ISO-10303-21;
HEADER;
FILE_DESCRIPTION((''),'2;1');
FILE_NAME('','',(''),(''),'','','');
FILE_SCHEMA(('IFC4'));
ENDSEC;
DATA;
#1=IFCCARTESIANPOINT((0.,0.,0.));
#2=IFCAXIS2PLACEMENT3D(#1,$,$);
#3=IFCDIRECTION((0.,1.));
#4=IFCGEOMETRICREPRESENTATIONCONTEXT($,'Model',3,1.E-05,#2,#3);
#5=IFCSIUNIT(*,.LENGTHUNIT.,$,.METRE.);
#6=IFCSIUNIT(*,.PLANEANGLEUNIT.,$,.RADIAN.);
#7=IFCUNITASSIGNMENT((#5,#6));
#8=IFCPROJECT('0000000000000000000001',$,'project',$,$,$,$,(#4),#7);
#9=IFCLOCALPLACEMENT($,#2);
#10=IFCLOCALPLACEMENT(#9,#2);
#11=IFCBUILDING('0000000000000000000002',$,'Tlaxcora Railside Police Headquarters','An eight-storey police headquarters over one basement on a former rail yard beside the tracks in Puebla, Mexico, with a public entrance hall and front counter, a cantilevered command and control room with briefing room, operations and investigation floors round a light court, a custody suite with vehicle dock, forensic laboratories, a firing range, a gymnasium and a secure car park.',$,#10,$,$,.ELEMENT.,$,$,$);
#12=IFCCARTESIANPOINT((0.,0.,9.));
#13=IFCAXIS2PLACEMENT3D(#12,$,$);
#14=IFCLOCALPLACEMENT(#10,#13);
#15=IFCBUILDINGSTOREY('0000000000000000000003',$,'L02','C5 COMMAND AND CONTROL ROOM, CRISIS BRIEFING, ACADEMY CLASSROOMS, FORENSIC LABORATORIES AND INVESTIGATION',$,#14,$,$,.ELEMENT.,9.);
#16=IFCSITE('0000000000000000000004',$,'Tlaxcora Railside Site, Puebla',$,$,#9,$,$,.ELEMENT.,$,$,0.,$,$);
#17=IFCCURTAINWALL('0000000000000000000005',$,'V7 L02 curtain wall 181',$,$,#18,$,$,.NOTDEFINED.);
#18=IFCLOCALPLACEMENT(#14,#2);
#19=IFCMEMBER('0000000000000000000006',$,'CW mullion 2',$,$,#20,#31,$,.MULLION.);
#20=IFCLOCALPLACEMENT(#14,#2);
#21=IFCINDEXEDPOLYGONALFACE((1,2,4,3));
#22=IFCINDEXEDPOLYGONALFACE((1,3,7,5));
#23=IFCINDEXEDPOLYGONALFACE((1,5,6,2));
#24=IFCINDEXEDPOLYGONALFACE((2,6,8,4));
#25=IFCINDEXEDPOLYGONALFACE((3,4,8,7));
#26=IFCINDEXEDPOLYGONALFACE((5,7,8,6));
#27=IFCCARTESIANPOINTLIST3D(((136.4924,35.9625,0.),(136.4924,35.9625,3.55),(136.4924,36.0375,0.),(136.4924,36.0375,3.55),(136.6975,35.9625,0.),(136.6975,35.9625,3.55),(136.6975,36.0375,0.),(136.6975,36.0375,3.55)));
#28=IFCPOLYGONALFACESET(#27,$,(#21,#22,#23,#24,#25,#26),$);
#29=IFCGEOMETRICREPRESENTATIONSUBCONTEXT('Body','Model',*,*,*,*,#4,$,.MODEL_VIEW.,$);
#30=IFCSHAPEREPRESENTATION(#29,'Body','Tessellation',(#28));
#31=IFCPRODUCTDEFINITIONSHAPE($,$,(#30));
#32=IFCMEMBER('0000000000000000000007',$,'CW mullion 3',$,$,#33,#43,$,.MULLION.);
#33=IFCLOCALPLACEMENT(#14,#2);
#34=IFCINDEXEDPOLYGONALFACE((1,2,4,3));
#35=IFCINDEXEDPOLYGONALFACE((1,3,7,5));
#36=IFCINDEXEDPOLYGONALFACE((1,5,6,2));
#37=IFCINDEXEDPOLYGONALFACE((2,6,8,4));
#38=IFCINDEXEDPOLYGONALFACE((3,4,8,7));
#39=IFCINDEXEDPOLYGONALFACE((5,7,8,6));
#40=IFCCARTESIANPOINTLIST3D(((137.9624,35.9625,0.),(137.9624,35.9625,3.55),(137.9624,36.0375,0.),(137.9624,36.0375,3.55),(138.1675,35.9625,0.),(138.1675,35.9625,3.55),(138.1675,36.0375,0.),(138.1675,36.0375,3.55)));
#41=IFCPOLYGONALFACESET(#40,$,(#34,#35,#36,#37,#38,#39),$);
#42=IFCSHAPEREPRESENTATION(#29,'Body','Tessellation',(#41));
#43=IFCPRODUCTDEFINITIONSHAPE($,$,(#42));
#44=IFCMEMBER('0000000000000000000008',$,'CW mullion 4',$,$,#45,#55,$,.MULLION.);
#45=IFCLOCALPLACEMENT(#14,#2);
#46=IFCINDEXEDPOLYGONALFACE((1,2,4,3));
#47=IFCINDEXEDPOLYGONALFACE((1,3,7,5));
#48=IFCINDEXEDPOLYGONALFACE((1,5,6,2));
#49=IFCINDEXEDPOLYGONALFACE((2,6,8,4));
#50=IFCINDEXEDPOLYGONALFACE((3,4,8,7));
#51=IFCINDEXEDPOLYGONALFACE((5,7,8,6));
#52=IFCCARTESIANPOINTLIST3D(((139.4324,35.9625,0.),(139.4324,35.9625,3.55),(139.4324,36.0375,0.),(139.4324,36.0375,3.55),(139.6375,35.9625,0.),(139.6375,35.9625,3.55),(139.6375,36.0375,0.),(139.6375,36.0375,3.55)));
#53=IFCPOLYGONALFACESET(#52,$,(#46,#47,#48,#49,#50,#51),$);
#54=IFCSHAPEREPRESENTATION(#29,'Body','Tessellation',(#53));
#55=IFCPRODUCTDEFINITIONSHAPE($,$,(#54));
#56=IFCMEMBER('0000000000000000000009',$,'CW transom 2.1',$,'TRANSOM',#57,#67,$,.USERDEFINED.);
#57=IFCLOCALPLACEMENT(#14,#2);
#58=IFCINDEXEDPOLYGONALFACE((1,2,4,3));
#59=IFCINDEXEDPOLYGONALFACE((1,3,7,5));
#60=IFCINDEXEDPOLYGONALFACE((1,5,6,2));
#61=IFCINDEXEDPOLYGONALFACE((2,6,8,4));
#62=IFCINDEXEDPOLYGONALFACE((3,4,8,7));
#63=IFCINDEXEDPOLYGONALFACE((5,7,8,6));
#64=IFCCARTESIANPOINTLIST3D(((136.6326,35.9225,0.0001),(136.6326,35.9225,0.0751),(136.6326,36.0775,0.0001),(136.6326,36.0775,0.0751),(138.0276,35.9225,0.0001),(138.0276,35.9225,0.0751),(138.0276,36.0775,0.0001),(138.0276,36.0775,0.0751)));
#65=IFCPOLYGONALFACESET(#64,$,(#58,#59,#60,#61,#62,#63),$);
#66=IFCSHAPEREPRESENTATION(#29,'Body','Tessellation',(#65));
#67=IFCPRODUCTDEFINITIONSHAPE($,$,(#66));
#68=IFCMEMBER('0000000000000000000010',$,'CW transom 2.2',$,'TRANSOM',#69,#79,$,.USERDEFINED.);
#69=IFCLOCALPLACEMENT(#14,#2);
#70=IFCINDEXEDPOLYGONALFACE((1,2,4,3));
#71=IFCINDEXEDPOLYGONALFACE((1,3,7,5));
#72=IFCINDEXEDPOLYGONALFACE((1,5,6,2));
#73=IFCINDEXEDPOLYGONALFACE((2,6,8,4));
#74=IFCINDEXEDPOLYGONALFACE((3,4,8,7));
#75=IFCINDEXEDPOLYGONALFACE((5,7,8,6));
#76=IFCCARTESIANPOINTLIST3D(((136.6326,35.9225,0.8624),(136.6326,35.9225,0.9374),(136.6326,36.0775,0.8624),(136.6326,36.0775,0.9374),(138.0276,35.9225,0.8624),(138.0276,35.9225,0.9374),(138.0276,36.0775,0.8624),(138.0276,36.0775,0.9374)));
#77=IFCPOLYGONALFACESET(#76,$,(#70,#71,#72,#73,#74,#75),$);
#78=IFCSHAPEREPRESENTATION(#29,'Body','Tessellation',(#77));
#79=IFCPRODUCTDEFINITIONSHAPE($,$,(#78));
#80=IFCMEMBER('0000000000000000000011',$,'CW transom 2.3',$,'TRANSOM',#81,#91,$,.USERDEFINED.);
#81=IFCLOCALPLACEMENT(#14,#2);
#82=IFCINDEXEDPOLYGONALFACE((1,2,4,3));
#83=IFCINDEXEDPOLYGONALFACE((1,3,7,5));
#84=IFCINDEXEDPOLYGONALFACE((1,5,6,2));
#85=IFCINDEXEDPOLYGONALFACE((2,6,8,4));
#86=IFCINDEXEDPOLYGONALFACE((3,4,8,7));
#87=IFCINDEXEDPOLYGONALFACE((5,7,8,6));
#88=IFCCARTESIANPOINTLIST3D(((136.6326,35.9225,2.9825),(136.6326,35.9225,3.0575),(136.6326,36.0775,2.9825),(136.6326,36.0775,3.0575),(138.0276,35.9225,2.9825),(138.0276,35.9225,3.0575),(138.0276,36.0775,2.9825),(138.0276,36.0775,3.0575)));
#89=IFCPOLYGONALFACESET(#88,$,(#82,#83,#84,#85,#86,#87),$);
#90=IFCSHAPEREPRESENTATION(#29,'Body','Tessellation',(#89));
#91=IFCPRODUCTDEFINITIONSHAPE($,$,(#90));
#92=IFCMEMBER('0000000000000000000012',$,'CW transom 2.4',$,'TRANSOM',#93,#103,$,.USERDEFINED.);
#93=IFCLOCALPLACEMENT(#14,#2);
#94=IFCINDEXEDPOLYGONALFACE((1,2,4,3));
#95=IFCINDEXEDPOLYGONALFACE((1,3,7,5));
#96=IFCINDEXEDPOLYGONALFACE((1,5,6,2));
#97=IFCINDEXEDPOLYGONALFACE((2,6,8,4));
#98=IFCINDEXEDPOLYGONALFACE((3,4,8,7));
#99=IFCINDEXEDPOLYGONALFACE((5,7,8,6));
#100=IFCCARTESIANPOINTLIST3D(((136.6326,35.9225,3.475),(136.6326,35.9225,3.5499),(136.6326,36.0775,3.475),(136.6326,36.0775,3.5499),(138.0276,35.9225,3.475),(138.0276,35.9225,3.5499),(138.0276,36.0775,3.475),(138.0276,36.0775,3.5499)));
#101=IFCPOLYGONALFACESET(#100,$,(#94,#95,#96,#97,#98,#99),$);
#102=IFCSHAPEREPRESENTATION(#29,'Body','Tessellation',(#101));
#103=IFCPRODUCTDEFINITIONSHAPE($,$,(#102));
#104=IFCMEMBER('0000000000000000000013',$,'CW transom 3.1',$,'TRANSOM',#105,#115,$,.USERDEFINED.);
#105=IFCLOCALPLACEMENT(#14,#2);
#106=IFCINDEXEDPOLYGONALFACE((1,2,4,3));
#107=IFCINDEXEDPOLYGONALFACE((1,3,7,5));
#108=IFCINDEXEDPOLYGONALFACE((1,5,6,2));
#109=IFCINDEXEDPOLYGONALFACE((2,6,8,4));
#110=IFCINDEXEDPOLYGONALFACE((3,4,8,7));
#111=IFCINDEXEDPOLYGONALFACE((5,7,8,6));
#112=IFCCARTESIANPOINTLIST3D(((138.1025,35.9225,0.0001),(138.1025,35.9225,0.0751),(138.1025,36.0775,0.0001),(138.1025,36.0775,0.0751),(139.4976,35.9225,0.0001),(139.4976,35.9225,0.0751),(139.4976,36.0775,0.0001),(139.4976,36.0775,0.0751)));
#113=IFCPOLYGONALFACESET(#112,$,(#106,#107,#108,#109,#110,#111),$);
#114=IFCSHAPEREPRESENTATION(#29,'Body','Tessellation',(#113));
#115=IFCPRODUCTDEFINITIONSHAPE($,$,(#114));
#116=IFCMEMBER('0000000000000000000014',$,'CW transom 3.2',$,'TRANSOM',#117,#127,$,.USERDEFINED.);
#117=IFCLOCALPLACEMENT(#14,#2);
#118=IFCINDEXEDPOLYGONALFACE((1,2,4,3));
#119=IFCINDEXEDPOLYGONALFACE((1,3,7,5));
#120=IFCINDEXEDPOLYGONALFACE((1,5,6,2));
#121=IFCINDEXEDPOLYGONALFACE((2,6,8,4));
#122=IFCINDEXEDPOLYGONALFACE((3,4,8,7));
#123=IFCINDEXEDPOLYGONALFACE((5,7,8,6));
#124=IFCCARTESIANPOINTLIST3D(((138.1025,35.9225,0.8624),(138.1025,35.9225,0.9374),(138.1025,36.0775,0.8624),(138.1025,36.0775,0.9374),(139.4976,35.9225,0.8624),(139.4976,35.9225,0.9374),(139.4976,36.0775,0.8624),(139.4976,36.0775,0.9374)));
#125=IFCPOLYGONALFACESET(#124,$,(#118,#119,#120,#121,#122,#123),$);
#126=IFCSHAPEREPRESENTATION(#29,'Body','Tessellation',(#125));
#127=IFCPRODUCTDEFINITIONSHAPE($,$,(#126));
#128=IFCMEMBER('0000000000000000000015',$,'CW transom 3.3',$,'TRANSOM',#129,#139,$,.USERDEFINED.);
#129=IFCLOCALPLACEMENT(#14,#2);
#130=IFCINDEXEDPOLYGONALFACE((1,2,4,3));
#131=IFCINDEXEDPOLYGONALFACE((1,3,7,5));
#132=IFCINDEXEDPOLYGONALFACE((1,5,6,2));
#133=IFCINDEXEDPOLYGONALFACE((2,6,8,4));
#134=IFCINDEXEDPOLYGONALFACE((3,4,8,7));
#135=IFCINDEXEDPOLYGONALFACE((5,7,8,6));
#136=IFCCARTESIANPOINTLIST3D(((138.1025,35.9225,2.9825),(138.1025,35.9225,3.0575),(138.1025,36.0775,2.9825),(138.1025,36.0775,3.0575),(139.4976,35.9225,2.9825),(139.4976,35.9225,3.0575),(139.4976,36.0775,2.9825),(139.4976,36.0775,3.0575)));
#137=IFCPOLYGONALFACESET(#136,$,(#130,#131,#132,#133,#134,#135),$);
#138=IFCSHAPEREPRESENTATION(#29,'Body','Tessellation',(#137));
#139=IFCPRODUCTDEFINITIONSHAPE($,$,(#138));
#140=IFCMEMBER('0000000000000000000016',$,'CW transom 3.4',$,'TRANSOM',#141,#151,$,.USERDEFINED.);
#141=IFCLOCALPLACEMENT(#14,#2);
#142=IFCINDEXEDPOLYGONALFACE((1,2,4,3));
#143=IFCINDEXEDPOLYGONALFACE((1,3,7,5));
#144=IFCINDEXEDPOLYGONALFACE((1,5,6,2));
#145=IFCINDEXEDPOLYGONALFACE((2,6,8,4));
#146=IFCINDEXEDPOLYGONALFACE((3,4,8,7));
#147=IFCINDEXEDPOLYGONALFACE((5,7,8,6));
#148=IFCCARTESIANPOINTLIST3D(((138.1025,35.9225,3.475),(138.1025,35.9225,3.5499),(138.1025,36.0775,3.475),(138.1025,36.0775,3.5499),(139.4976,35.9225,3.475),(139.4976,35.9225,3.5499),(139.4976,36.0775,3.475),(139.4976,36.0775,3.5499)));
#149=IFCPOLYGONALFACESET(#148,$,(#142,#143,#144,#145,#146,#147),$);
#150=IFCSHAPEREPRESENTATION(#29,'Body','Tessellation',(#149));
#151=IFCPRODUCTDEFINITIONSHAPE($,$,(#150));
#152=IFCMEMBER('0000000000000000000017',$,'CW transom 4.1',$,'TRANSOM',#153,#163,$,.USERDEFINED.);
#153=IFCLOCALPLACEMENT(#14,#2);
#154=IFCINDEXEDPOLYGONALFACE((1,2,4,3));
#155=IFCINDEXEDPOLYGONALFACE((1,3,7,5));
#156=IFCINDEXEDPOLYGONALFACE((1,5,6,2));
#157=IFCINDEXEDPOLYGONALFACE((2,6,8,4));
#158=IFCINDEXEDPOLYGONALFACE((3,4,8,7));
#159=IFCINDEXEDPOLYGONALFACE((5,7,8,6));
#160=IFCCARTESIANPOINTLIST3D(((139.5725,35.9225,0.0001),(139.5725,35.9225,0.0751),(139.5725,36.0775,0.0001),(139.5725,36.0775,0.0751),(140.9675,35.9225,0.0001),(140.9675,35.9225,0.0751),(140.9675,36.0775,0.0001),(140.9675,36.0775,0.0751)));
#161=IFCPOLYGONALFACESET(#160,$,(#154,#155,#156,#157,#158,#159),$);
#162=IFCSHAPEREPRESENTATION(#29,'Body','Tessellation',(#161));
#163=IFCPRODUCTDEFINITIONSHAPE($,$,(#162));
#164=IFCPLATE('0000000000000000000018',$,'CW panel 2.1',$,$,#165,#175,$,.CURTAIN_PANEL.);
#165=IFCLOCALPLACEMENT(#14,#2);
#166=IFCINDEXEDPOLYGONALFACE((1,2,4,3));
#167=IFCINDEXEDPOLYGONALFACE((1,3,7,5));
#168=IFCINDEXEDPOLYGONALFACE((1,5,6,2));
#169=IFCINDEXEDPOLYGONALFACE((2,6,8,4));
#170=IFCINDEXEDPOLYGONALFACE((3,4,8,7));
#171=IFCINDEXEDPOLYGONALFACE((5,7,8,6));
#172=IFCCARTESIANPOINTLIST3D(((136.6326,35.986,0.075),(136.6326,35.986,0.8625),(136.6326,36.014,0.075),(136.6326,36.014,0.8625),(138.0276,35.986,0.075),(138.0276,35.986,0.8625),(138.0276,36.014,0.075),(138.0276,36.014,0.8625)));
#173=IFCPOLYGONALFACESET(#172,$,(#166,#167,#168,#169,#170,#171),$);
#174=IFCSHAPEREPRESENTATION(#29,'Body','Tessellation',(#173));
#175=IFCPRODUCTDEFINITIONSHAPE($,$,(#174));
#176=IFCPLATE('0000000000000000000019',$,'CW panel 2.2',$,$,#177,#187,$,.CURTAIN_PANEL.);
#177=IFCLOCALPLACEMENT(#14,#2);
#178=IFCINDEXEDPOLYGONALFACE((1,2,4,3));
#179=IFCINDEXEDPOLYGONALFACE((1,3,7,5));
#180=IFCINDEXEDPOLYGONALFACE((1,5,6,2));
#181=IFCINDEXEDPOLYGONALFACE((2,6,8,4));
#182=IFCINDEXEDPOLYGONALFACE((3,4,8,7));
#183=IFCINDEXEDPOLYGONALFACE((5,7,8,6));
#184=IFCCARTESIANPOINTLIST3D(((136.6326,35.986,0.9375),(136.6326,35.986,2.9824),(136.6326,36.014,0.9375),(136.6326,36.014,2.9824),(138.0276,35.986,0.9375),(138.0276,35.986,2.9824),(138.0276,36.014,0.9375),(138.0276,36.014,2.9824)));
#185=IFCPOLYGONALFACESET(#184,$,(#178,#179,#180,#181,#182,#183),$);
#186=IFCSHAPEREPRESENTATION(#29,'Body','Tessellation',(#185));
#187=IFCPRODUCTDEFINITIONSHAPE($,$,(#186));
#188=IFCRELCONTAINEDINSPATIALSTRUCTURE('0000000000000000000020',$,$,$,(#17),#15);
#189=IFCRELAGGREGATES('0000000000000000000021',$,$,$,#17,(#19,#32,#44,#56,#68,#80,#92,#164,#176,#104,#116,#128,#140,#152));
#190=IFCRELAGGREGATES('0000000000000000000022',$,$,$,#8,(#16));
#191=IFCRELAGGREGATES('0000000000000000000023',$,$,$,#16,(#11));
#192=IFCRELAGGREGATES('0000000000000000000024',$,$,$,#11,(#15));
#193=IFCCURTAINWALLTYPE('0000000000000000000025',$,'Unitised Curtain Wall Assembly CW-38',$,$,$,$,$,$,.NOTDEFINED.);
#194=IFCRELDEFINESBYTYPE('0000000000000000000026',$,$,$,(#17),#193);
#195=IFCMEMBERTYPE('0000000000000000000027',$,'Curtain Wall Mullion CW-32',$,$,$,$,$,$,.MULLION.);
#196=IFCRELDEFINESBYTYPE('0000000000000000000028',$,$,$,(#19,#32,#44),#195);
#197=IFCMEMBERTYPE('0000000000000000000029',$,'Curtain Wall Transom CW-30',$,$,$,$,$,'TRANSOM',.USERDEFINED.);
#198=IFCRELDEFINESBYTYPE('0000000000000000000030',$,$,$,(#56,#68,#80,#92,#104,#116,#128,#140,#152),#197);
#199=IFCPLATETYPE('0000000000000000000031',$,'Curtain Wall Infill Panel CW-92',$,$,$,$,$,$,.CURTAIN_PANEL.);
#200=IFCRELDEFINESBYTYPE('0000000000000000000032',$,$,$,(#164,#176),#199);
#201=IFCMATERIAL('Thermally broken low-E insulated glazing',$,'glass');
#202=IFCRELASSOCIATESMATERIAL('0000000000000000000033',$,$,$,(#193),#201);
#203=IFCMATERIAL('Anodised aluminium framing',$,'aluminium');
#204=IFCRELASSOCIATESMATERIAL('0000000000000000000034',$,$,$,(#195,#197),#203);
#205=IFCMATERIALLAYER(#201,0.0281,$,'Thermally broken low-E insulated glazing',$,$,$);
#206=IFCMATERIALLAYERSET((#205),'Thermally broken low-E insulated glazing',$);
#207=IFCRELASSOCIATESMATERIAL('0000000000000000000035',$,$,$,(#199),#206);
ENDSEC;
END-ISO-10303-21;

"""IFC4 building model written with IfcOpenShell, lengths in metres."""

from ifc_helpers import new_model, si_unit, direction, frame, origin, origin_2d, place, context, subcontext, project, spatial, rectangle, extrude, material, layer, layer_set, material_profile, profile_set, type_object, element, aggregate, save


model = new_model("IFC4")

# Units and contexts
model_context = context("Model", 3, precision=1e-05, world=origin(), true_north=direction((0.0, 1.0)))
body_context = subcontext(model_context, "Body", "Model", "MODEL_VIEW")
ifc_project = project(units=[si_unit("LENGTHUNIT", "METRE"), si_unit("PLANEANGLEUNIT", "RADIAN")], contexts=[model_context])

# Site, building, storey
site_placement = place(None, origin())
site = spatial("IfcSite", under=ifc_project, at=site_placement, Name="Tlaxcora Railside Site, Puebla", CompositionType="ELEMENT", RefElevation=0.0)
building_placement = place(site_placement, origin())
building = spatial("IfcBuilding", under=site, at=building_placement, Name="Tlaxcora Railside Police Headquarters", Description="An eight-storey police headquarters over one basement on a former rail yard beside the tracks in Puebla, Mexico, with a public entrance hall and front counter, a cantilevered command and control room with briefing room, operations and investigation floors round a light court, a custody suite with vehicle dock, forensic laboratories, a firing range, a gymnasium and a secure car park.", CompositionType="ELEMENT")
storey_placement = place(building_placement, frame((0.0, 0.0, 9.0)))
storey = spatial("IfcBuildingStorey", under=building, at=storey_placement, Name="L02", Description="C5 COMMAND AND CONTROL ROOM, CRISIS BRIEFING, ACADEMY CLASSROOMS, FORENSIC LABORATORIES AND INVESTIGATION", CompositionType="ELEMENT", Elevation=9.0)

# Curtain wall, members, plates
ifc_material_1 = material(Name="Thermally broken low-E insulated glazing", Category="glass")
curtain_wall_type = type_object("IfcCurtainWallType", Name="Unitised Curtain Wall Assembly CW-38", PredefinedType="NOTDEFINED", material=ifc_material_1)
curtain_wall_placement = place(storey_placement, origin())
curtain_wall = element("IfcCurtainWall", 1, at=curtain_wall_placement, inside=storey, type_object=curtain_wall_type, Name="V7 L02 curtain wall 181", PredefinedType="NOTDEFINED")
ifc_material_2 = material(Name="Anodised aluminium framing", Category="aluminium")
ifc_material_profile_1 = material_profile(ifc_material_2, rectangle(XDim=0.075, YDim=0.2051, at=origin_2d()), Name="AL75X205")
ifc_profile_set_1 = profile_set([ifc_material_profile_1], Name="Anodised aluminium framing")
member_type_1 = type_object("IfcMemberType", Name="Curtain Wall Mullion CW-32", PredefinedType="MULLION", material=ifc_profile_set_1)
member_1_placement = place(storey_placement, frame((136.595, 36.0, 0.0), z_axis=(0.0, 0.0, 1.0), x_axis=(0.0, 1.0, 0.0)))
member_1 = element("IfcMember", 2, at=member_1_placement, type_object=member_type_1, Name="CW mullion 2", PredefinedType="MULLION", context=body_context, shape_type="SweptSolid", body=[
    extrude(rectangle(XDim=0.075, YDim=0.2051, at=origin_2d()), origin(), (0.0, 0.0, 1.0), 3.55),
])
member_2_placement = place(storey_placement, frame((138.0649, 36.0, 0.0), z_axis=(0.0, 0.0, 1.0), x_axis=(0.0, 1.0, 0.0)))
member_2 = element("IfcMember", 3, at=member_2_placement, type_object=member_type_1, Name="CW mullion 3", PredefinedType="MULLION", context=body_context, shape_type="SweptSolid", body=[
    extrude(rectangle(XDim=0.075, YDim=0.2051, at=origin_2d()), origin(), (0.0, 0.0, 1.0), 3.55),
])
member_3_placement = place(storey_placement, frame((139.5349, 36.0, 0.0), z_axis=(0.0, 0.0, 1.0), x_axis=(0.0, 1.0, 0.0)))
member_3 = element("IfcMember", 4, at=member_3_placement, type_object=member_type_1, Name="CW mullion 4", PredefinedType="MULLION", context=body_context, shape_type="SweptSolid", body=[
    extrude(rectangle(XDim=0.075, YDim=0.2051, at=origin_2d()), origin(), (0.0, 0.0, 1.0), 3.55),
])
ifc_material_profile_2 = material_profile(ifc_material_2, rectangle(XDim=0.155, YDim=0.075, at=origin_2d()), Name="AL75X155")
ifc_profile_set_2 = profile_set([ifc_material_profile_2], Name="Anodised aluminium framing")
member_type_2 = type_object("IfcMemberType", Name="Curtain Wall Transom CW-30", ElementType="TRANSOM", PredefinedType="USERDEFINED", material=ifc_profile_set_2)
member_4_placement = place(storey_placement, frame((136.6326, 36.0, 0.0376), z_axis=(1.0, 0.0, 0.0), x_axis=(0.0, 1.0, 0.0)))
member_4 = element("IfcMember", 5, at=member_4_placement, type_object=member_type_2, Name="CW transom 2.1", ObjectType="TRANSOM", PredefinedType="USERDEFINED", context=body_context, shape_type="SweptSolid", body=[
    extrude(rectangle(XDim=0.155, YDim=0.075, at=origin_2d()), origin(), (0.0, 0.0, 1.0), 1.395),
])
member_5_placement = place(storey_placement, frame((136.6326, 36.0, 0.8999), z_axis=(1.0, 0.0, 0.0), x_axis=(0.0, 1.0, 0.0)))
member_5 = element("IfcMember", 6, at=member_5_placement, type_object=member_type_2, Name="CW transom 2.2", ObjectType="TRANSOM", PredefinedType="USERDEFINED", context=body_context, shape_type="SweptSolid", body=[
    extrude(rectangle(XDim=0.155, YDim=0.075, at=origin_2d()), origin(), (0.0, 0.0, 1.0), 1.395),
])
member_6_placement = place(storey_placement, frame((136.6326, 36.0, 3.02), z_axis=(1.0, 0.0, 0.0), x_axis=(0.0, 1.0, 0.0)))
member_6 = element("IfcMember", 7, at=member_6_placement, type_object=member_type_2, Name="CW transom 2.3", ObjectType="TRANSOM", PredefinedType="USERDEFINED", context=body_context, shape_type="SweptSolid", body=[
    extrude(rectangle(XDim=0.155, YDim=0.075, at=origin_2d()), origin(), (0.0, 0.0, 1.0), 1.395),
])
member_7_placement = place(storey_placement, frame((136.6326, 36.0, 3.5125), z_axis=(1.0, 0.0, 0.0), x_axis=(0.0, 1.0, 0.0)))
member_7 = element("IfcMember", 8, at=member_7_placement, type_object=member_type_2, Name="CW transom 2.4", ObjectType="TRANSOM", PredefinedType="USERDEFINED", context=body_context, shape_type="SweptSolid", body=[
    extrude(rectangle(XDim=0.155, YDim=0.075, at=origin_2d()), origin(), (0.0, 0.0, 1.0), 1.395),
])
member_8_placement = place(storey_placement, frame((138.1025, 36.0, 0.0376), z_axis=(1.0, 0.0, 0.0), x_axis=(0.0, 1.0, 0.0)))
member_8 = element("IfcMember", 9, at=member_8_placement, type_object=member_type_2, Name="CW transom 3.1", ObjectType="TRANSOM", PredefinedType="USERDEFINED", context=body_context, shape_type="SweptSolid", body=[
    extrude(rectangle(XDim=0.155, YDim=0.075, at=origin_2d()), origin(), (0.0, 0.0, 1.0), 1.395),
])
member_9_placement = place(storey_placement, frame((138.1025, 36.0, 0.8999), z_axis=(1.0, 0.0, 0.0), x_axis=(0.0, 1.0, 0.0)))
member_9 = element("IfcMember", 10, at=member_9_placement, type_object=member_type_2, Name="CW transom 3.2", ObjectType="TRANSOM", PredefinedType="USERDEFINED", context=body_context, shape_type="SweptSolid", body=[
    extrude(rectangle(XDim=0.155, YDim=0.075, at=origin_2d()), origin(), (0.0, 0.0, 1.0), 1.395),
])
member_10_placement = place(storey_placement, frame((138.1025, 36.0, 3.02), z_axis=(1.0, 0.0, 0.0), x_axis=(0.0, 1.0, 0.0)))
member_10 = element("IfcMember", 11, at=member_10_placement, type_object=member_type_2, Name="CW transom 3.3", ObjectType="TRANSOM", PredefinedType="USERDEFINED", context=body_context, shape_type="SweptSolid", body=[
    extrude(rectangle(XDim=0.155, YDim=0.075, at=origin_2d()), origin(), (0.0, 0.0, 1.0), 1.395),
])
member_11_placement = place(storey_placement, frame((138.1025, 36.0, 3.5125), z_axis=(1.0, 0.0, 0.0), x_axis=(0.0, 1.0, 0.0)))
member_11 = element("IfcMember", 12, at=member_11_placement, type_object=member_type_2, Name="CW transom 3.4", ObjectType="TRANSOM", PredefinedType="USERDEFINED", context=body_context, shape_type="SweptSolid", body=[
    extrude(rectangle(XDim=0.155, YDim=0.075, at=origin_2d()), origin(), (0.0, 0.0, 1.0), 1.395),
])
member_12_placement = place(storey_placement, frame((139.5725, 36.0, 0.0376), z_axis=(1.0, 0.0, 0.0), x_axis=(0.0, 1.0, 0.0)))
member_12 = element("IfcMember", 13, at=member_12_placement, type_object=member_type_2, Name="CW transom 4.1", ObjectType="TRANSOM", PredefinedType="USERDEFINED", context=body_context, shape_type="SweptSolid", body=[
    extrude(rectangle(XDim=0.155, YDim=0.075, at=origin_2d()), origin(), (0.0, 0.0, 1.0), 1.395),
])
ifc_layer_1 = layer(ifc_material_1, 0.0281, Name="Thermally broken low-E insulated glazing")
ifc_layer_set_1 = layer_set([ifc_layer_1], Name="Thermally broken low-E insulated glazing")
plate_type = type_object("IfcPlateType", Name="Curtain Wall Infill Panel CW-92", PredefinedType="CURTAIN_PANEL", material=ifc_layer_set_1)
plate_1_placement = place(storey_placement, frame((137.3301, 36.0, 0.075), z_axis=(0.0, 0.0, 1.0), x_axis=(1.0, 0.0, 0.0)))
plate_1 = element("IfcPlate", 14, at=plate_1_placement, type_object=plate_type, Name="CW panel 2.1", PredefinedType="CURTAIN_PANEL", context=body_context, shape_type="SweptSolid", body=[
    extrude(rectangle(XDim=1.395, YDim=0.0281, at=origin_2d()), origin(), (0.0, 0.0, 1.0), 0.7876),
])
plate_2_placement = place(storey_placement, frame((137.3301, 36.0, 0.9375), z_axis=(0.0, 0.0, 1.0), x_axis=(1.0, 0.0, 0.0)))
plate_2 = element("IfcPlate", 15, at=plate_2_placement, type_object=plate_type, Name="CW panel 2.2", PredefinedType="CURTAIN_PANEL", context=body_context, shape_type="SweptSolid", body=[
    extrude(rectangle(XDim=1.395, YDim=0.0281, at=origin_2d()), origin(), (0.0, 0.0, 1.0), 2.0449),
])
aggregate(curtain_wall, [member_1, member_2, member_3, member_4, member_5, member_6, member_7, plate_1, plate_2, member_8, member_9, member_10, member_11, member_12])

save(model, "model.ifc")
